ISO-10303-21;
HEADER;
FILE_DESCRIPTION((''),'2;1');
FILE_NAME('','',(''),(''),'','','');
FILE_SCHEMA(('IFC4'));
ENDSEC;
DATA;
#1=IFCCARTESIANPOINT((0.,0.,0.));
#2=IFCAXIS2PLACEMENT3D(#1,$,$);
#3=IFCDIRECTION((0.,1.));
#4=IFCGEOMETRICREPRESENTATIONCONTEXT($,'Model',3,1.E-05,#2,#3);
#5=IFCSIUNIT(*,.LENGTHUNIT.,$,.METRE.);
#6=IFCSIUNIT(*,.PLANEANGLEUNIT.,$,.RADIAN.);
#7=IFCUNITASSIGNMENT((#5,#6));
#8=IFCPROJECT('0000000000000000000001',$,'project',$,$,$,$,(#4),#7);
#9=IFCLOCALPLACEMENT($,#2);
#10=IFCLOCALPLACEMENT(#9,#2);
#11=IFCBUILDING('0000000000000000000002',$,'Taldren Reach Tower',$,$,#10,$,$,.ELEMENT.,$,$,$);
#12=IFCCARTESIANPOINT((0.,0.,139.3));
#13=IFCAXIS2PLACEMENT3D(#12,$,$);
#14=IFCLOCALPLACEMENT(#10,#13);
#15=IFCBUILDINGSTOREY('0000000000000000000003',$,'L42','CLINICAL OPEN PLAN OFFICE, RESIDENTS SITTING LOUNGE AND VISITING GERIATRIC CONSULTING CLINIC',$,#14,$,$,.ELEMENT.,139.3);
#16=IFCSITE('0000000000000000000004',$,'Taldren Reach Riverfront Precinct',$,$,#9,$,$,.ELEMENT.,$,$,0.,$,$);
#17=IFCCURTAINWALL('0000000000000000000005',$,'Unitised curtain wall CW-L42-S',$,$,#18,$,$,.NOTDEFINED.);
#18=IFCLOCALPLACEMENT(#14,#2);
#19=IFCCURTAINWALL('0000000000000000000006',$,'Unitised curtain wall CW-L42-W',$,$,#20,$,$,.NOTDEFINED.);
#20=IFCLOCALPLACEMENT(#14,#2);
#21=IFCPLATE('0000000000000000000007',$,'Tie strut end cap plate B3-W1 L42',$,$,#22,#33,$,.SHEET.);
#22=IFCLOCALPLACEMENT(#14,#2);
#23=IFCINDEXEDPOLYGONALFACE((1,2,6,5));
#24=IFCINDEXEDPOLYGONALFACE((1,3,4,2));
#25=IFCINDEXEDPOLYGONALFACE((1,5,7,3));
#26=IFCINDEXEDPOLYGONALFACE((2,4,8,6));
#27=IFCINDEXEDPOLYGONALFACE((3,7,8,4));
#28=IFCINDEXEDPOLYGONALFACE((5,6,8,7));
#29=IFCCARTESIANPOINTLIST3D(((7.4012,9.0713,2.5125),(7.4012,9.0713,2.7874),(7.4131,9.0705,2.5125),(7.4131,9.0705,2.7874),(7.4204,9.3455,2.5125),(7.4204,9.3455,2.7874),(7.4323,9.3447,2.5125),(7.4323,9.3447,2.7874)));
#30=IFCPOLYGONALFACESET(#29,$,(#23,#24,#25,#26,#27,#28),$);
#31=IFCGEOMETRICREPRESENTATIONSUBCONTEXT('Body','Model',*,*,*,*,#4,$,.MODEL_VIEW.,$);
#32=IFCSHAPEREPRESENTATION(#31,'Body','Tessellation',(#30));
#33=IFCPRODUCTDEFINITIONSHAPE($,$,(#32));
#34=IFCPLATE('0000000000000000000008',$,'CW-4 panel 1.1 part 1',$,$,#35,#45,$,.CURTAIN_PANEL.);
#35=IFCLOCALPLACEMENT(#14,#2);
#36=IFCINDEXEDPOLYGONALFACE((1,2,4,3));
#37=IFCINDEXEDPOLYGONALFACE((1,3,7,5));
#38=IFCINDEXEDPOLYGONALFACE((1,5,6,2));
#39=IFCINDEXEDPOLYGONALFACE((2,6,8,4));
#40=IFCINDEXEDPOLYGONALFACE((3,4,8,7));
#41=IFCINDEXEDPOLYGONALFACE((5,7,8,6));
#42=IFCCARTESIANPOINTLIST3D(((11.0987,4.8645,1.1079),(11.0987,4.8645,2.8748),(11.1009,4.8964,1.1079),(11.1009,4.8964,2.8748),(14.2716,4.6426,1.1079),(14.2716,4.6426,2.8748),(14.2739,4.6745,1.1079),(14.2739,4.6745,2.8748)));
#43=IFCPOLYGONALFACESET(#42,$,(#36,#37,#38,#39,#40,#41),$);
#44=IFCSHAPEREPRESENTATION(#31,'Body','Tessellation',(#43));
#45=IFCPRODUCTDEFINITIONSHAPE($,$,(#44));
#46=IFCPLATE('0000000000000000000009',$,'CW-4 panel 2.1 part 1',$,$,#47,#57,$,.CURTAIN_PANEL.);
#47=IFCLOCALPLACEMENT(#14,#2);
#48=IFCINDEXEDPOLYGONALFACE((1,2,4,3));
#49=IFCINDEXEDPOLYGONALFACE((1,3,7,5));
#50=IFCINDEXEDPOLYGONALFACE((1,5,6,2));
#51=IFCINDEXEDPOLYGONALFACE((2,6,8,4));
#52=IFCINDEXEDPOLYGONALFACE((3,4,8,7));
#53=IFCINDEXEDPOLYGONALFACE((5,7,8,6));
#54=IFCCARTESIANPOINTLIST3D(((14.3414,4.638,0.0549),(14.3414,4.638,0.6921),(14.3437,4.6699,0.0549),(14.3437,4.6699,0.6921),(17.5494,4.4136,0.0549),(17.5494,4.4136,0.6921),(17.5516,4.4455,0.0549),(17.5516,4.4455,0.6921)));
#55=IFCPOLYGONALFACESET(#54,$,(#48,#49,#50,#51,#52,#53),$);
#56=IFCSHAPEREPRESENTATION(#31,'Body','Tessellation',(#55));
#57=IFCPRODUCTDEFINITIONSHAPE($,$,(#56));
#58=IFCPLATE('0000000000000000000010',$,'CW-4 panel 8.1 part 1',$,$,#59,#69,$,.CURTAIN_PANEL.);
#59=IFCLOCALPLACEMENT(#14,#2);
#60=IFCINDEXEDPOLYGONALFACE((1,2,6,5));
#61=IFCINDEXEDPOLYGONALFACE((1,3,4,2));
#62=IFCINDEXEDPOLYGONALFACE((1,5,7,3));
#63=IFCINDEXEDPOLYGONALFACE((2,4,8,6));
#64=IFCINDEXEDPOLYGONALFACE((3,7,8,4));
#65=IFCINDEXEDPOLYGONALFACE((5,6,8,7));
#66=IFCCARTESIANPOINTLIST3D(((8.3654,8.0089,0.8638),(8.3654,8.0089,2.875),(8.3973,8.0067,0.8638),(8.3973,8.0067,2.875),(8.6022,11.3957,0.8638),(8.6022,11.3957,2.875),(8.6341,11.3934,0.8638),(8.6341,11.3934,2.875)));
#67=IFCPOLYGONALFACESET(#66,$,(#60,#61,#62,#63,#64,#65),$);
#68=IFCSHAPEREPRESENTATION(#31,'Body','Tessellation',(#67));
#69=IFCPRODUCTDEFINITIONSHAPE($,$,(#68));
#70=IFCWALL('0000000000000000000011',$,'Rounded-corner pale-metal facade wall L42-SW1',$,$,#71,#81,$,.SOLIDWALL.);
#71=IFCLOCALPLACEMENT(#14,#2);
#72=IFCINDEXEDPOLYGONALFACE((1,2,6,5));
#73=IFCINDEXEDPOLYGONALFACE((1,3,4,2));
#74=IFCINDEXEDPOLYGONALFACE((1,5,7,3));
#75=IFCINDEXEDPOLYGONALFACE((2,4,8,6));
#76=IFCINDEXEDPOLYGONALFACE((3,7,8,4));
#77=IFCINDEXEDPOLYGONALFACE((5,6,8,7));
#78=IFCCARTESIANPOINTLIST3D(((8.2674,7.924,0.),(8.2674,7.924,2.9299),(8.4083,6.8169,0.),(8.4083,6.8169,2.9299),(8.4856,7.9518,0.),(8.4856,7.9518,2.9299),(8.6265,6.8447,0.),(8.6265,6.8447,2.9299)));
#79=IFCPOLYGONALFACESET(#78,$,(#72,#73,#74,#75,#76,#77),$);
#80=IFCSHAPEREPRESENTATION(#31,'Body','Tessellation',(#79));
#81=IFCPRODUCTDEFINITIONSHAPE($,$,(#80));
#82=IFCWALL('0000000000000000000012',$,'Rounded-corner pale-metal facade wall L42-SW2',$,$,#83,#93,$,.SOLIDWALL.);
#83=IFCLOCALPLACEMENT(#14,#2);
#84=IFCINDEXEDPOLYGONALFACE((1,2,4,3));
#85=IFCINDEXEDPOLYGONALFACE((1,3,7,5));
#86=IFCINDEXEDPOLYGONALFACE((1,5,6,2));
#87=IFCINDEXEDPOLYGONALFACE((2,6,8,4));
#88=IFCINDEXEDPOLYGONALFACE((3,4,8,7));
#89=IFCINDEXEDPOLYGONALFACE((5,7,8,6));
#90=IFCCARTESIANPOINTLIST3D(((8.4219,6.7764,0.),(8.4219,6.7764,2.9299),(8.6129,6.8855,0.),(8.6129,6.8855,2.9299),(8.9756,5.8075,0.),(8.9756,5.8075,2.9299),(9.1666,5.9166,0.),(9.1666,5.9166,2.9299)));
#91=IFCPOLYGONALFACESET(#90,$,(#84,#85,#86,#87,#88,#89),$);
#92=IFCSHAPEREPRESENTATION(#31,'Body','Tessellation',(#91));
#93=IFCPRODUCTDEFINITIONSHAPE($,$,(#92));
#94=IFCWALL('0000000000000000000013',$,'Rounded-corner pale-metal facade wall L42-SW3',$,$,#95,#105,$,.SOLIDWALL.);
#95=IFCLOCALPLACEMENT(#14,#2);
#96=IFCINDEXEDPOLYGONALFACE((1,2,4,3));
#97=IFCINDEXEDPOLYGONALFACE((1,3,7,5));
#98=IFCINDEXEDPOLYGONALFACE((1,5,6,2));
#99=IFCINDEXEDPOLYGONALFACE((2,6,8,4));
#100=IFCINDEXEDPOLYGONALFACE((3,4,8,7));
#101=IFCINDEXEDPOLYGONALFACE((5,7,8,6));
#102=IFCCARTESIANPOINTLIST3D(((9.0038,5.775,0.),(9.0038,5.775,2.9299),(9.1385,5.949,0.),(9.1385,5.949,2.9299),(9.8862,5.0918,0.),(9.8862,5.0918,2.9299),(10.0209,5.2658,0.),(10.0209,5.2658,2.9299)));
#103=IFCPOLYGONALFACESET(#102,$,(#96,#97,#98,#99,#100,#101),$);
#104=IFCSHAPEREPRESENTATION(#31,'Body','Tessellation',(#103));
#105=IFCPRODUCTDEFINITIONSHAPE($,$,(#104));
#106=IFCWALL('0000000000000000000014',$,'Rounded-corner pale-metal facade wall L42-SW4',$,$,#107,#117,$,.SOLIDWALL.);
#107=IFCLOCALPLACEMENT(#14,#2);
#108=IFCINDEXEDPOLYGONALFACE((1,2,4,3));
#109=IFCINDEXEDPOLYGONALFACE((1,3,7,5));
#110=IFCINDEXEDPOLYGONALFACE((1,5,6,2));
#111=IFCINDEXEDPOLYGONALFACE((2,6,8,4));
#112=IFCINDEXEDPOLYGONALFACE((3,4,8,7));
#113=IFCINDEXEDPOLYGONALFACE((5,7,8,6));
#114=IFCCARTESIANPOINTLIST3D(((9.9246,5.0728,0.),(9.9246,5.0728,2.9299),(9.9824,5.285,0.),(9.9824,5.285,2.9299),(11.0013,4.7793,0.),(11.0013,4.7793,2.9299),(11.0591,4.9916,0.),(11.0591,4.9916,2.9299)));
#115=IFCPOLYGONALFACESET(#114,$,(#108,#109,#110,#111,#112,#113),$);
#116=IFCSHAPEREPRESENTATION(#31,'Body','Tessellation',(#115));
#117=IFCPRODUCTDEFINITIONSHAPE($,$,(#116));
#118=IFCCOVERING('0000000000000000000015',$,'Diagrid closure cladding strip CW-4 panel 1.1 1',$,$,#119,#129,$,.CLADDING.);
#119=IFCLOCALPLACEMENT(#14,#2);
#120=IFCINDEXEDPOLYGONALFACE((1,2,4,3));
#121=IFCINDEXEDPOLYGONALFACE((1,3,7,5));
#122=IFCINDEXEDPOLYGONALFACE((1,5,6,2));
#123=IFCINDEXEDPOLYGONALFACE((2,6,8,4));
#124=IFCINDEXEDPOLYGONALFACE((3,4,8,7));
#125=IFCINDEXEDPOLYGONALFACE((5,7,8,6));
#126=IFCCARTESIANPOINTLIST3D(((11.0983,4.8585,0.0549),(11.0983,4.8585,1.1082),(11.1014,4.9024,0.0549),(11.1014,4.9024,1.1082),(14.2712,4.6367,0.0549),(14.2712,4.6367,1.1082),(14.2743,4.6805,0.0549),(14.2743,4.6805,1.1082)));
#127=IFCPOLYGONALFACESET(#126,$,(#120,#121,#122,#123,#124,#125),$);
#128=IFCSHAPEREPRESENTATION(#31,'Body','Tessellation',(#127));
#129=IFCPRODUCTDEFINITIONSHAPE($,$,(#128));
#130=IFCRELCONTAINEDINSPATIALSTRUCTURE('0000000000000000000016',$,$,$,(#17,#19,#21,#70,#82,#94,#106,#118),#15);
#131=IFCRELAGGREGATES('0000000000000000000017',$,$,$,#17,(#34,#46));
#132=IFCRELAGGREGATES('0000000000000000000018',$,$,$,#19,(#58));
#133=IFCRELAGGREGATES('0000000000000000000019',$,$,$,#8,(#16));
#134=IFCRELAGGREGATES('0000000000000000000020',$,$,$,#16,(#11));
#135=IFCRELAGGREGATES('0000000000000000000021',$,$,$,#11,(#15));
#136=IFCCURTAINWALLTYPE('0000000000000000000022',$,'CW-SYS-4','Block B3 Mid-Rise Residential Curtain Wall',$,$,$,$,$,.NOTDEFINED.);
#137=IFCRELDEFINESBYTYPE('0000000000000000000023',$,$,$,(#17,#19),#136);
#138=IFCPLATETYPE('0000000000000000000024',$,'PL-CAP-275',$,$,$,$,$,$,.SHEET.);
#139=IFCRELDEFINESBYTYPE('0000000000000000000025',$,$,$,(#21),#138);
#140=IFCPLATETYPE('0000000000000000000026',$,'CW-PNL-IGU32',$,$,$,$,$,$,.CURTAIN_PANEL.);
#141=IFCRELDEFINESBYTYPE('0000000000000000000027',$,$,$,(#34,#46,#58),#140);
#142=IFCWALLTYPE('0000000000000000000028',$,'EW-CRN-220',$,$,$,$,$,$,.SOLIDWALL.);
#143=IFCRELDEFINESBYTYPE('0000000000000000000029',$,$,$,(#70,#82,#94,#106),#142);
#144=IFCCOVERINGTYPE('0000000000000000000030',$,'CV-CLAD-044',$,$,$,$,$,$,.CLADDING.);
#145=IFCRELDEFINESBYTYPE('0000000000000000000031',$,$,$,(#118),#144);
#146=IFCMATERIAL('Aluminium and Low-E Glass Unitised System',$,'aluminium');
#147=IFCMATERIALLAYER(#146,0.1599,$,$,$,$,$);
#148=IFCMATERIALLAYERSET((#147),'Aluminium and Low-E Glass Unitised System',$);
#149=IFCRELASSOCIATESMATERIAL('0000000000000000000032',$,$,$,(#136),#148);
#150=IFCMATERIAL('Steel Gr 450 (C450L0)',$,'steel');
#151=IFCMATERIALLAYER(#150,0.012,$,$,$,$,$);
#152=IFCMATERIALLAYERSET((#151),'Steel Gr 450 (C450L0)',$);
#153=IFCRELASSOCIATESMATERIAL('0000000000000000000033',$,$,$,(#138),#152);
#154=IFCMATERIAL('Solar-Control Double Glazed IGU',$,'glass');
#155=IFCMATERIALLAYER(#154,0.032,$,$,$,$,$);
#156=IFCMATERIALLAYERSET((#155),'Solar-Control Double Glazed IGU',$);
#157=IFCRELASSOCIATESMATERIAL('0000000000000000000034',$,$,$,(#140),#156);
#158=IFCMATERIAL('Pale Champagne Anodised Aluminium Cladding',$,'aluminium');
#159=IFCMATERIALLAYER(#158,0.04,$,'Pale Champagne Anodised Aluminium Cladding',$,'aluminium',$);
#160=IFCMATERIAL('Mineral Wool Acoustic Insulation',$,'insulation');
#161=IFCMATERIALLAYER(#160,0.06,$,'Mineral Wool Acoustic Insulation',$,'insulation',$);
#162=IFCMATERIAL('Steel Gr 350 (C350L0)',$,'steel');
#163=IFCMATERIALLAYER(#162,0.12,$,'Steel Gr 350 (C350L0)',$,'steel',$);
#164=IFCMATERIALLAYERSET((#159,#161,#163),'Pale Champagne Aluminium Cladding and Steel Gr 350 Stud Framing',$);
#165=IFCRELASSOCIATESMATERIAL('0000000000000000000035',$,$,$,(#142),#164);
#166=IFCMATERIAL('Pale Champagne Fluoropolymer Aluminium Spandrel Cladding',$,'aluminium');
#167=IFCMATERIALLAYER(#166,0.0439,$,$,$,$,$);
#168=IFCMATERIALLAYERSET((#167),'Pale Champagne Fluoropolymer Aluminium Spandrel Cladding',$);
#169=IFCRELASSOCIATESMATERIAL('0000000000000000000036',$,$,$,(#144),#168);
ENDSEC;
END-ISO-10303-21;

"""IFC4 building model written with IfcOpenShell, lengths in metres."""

from ifc_helpers import new_model, si_unit, direction, frame, frame_2d, origin, origin_2d, place, context, subcontext, project, spatial, rectangle, extrude, source, transform, mapped, material, layer, layer_set, type_object, element, aggregate, save


model = new_model("IFC4")

# Units and contexts
model_context = context("Model", 3, precision=1e-05, world=origin(), true_north=direction((0.0, 1.0)))
body_context = subcontext(model_context, "Body", "Model", "MODEL_VIEW")
ifc_project = project(units=[si_unit("LENGTHUNIT", "METRE"), si_unit("PLANEANGLEUNIT", "RADIAN")], contexts=[model_context])

# Site, building, storey
site_placement = place(None, origin())
site = spatial("IfcSite", under=ifc_project, at=site_placement, Name="Taldren Reach Riverfront Precinct", CompositionType="ELEMENT", RefElevation=0.0)
building_placement = place(site_placement, origin())
building = spatial("IfcBuilding", under=site, at=building_placement, Name="Taldren Reach Tower", CompositionType="ELEMENT")
storey_placement = place(building_placement, frame((0.0, 0.0, 139.3)))
storey = spatial("IfcBuildingStorey", under=building, at=storey_placement, Name="L42", Description="CLINICAL OPEN PLAN OFFICE, RESIDENTS SITTING LOUNGE AND VISITING GERIATRIC CONSULTING CLINIC", CompositionType="ELEMENT", Elevation=139.3)

# Shared definitions
ifc_material_1 = material(Name="Steel Gr 450 (C450L0)", Category="steel")

# Shared definitions
ifc_material_2 = material(Name="Steel Gr 350 (C350L0)", Category="steel")

# Curtain wall
ifc_material_3 = material(Name="Aluminium and Low-E Glass Unitised System", Category="aluminium")
ifc_layer_1 = layer(ifc_material_3, 0.1599)
ifc_layer_set_1 = layer_set([ifc_layer_1], Name="Aluminium and Low-E Glass Unitised System")
curtain_wall_type = type_object("IfcCurtainWallType", Name="CW-SYS-4", Description="Block B3 Mid-Rise Residential Curtain Wall", PredefinedType="NOTDEFINED", material=ifc_layer_set_1)
curtain_wall_1_placement = place(storey_placement, origin())
curtain_wall_1 = element("IfcCurtainWall", 1, at=curtain_wall_1_placement, inside=storey, type_object=curtain_wall_type, Name="Unitised curtain wall CW-L42-S", PredefinedType="NOTDEFINED")

# Curtain wall
curtain_wall_2_placement = place(storey_placement, origin())
curtain_wall_2 = element("IfcCurtainWall", 2, at=curtain_wall_2_placement, inside=storey, type_object=curtain_wall_type, Name="Unitised curtain wall CW-L42-W", PredefinedType="NOTDEFINED")

# Plate
ifc_layer_2 = layer(ifc_material_1, 0.012)
ifc_layer_set_2 = layer_set([ifc_layer_2], Name="Steel Gr 450 (C450L0)")
plate_type_1 = type_object("IfcPlateType", Name="PL-CAP-275", PredefinedType="SHEET", material=ifc_layer_set_2)
shared_shape_1 = source(origin(), body_context, "Body", "SweptSolid", [
    extrude(rectangle(XDim=0.012, YDim=0.2749, at=origin_2d()), origin(), (0.0, 0.0, 1.0), 0.2749),
])
plate_1_placement = place(storey_placement, frame((7.4167, 9.208, 2.5125), z_axis=(0.0, 0.0, 1.0), x_axis=(0.997564, -0.069756, 0.0)))
element("IfcPlate", 3, at=plate_1_placement, inside=storey, type_object=plate_type_1, Name="Tie strut end cap plate B3-W1 L42", PredefinedType="SHEET", context=body_context, shape_type="MappedRepresentation", body=[
    mapped(shared_shape_1, transform((0.0, 0.0, 0.0), scale=1.0)),
])

# Plates
ifc_material_4 = material(Name="Solar-Control Double Glazed IGU", Category="glass")
ifc_layer_3 = layer(ifc_material_4, 0.032)
ifc_layer_set_3 = layer_set([ifc_layer_3], Name="Solar-Control Double Glazed IGU")
plate_type_2 = type_object("IfcPlateType", Name="CW-PNL-IGU32", PredefinedType="CURTAIN_PANEL", material=ifc_layer_set_3)
shared_shape_2 = source(origin(), body_context, "Body", "SweptSolid", [
    extrude(rectangle(XDim=3.1807, YDim=0.032, at=origin_2d()), origin(), (0.0, 0.0, 1.0), 1.7668),
])
plate_2_placement = place(storey_placement, frame((12.6863, 4.7695, 1.1079), z_axis=(0.0, 0.0, 1.0), x_axis=(0.997564, -0.069757, 0.0)))
plate_2 = element("IfcPlate", 4, at=plate_2_placement, type_object=plate_type_2, Name="CW-4 panel 1.1 part 1", PredefinedType="CURTAIN_PANEL", context=body_context, shape_type="MappedRepresentation", body=[
    mapped(shared_shape_2, transform((0.0, 0.0, 0.0), scale=1.0)),
])
shared_shape_3 = source(origin(), body_context, "Body", "SweptSolid", [
    extrude(rectangle(XDim=3.2158, YDim=0.032, at=origin_2d()), origin(), (0.0, 0.0, 1.0), 0.6372),
])
plate_3_placement = place(storey_placement, frame((15.9465, 4.5417, 0.0549), z_axis=(0.0, 0.0, 1.0), x_axis=(0.997564, -0.069757, 0.0)))
plate_3 = element("IfcPlate", 5, at=plate_3_placement, type_object=plate_type_2, Name="CW-4 panel 2.1 part 1", PredefinedType="CURTAIN_PANEL", context=body_context, shape_type="MappedRepresentation", body=[
    mapped(shared_shape_3, transform((0.0, 0.0, 0.0), scale=1.0)),
])
aggregate(curtain_wall_1, [plate_2, plate_3])
shared_shape_4 = source(origin(), body_context, "Body", "SweptSolid", [
    extrude(rectangle(XDim=3.395, YDim=0.032, at=origin_2d()), origin(), (0.0, 0.0, 1.0), 2.0112),
])
plate_4_placement = place(storey_placement, frame((8.4998, 9.7012, 0.8638), z_axis=(0.0, 0.0, 1.0), x_axis=(-0.069756, -0.997564, 0.0)))
plate_4 = element("IfcPlate", 6, at=plate_4_placement, type_object=plate_type_2, Name="CW-4 panel 8.1 part 1", PredefinedType="CURTAIN_PANEL", context=body_context, shape_type="MappedRepresentation", body=[
    mapped(shared_shape_4, transform((0.0, 0.0, 0.0), scale=1.0)),
])
aggregate(curtain_wall_2, [plate_4])

# Walls
ifc_material_5 = material(Name="Pale Champagne Anodised Aluminium Cladding", Category="aluminium")
ifc_layer_4 = layer(ifc_material_5, 0.04, Name="Pale Champagne Anodised Aluminium Cladding", Category="aluminium")
ifc_material_6 = material(Name="Mineral Wool Acoustic Insulation", Category="insulation")
ifc_layer_5 = layer(ifc_material_6, 0.06, Name="Mineral Wool Acoustic Insulation", Category="insulation")
ifc_layer_6 = layer(ifc_material_2, 0.12, Name="Steel Gr 350 (C350L0)", Category="steel")
ifc_layer_set_4 = layer_set([ifc_layer_4, ifc_layer_5, ifc_layer_6], Name="Pale Champagne Aluminium Cladding and Steel Gr 350 Stud Framing")
wall_type = type_object("IfcWallType", Name="EW-CRN-220", PredefinedType="SOLIDWALL", material=ifc_layer_set_4)
shared_shape_5 = source(origin(), body_context, "Body", "SweptSolid", [
    extrude(rectangle(XDim=1.116, YDim=0.22, at=frame_2d((0.5581, 0.0))), origin(), (0.0, 0.0, 1.0), 2.9299),
])
for number, where, z_axis, x_axis, name in (
    (7, (8.3765, 7.938, 0.0), (0.0, 0.0, 1.0), (0.126243, -0.991999, 0.0), "Rounded-corner pale-metal facade wall L42-SW1"),
    (8, (8.5173, 6.8311, 0.0), (0.0, 0.0, 1.0), (0.496139, -0.868243, 0.0), "Rounded-corner pale-metal facade wall L42-SW2"),
    (9, (9.071, 5.8621, 0.0), (0.0, 0.0, 1.0), (0.790717, -0.612182, 0.0), "Rounded-corner pale-metal facade wall L42-SW3"),
    (10, (9.9534, 5.179, 0.0), (0.0, 0.0, 1.0), (0.964804, -0.262969, 0.0), "Rounded-corner pale-metal facade wall L42-SW4"),
):
    element("IfcWall", number, at=place(storey_placement, frame(where, z_axis=z_axis, x_axis=x_axis)), inside=storey, type_object=wall_type, Name=name, PredefinedType="SOLIDWALL", context=body_context, shape_type="MappedRepresentation", body=[
        mapped(shared_shape_5, transform((0.0, 0.0, 0.0), scale=1.0)),
    ])

# Covering
ifc_material_7 = material(Name="Pale Champagne Fluoropolymer Aluminium Spandrel Cladding", Category="aluminium")
ifc_layer_7 = layer(ifc_material_7, 0.0439)
ifc_layer_set_5 = layer_set([ifc_layer_7], Name="Pale Champagne Fluoropolymer Aluminium Spandrel Cladding")
covering_type = type_object("IfcCoveringType", Name="CV-CLAD-044", PredefinedType="CLADDING", material=ifc_layer_set_5)
shared_shape_6 = source(origin(), body_context, "Body", "SweptSolid", [
    extrude(rectangle(XDim=3.1807, YDim=0.0439, at=origin_2d()), origin(), (0.0, 0.0, 1.0), 1.0532),
])
covering_placement = place(storey_placement, frame((12.6863, 4.7695, 0.0549), z_axis=(0.0, 0.0, 1.0), x_axis=(0.997564, -0.069757, 0.0)))
element("IfcCovering", 11, at=covering_placement, inside=storey, type_object=covering_type, Name="Diagrid closure cladding strip CW-4 panel 1.1 1", PredefinedType="CLADDING", context=body_context, shape_type="MappedRepresentation", body=[
    mapped(shared_shape_6, transform((0.0, 0.0, 0.0), scale=1.0)),
])

save(model, "model.ifc")
